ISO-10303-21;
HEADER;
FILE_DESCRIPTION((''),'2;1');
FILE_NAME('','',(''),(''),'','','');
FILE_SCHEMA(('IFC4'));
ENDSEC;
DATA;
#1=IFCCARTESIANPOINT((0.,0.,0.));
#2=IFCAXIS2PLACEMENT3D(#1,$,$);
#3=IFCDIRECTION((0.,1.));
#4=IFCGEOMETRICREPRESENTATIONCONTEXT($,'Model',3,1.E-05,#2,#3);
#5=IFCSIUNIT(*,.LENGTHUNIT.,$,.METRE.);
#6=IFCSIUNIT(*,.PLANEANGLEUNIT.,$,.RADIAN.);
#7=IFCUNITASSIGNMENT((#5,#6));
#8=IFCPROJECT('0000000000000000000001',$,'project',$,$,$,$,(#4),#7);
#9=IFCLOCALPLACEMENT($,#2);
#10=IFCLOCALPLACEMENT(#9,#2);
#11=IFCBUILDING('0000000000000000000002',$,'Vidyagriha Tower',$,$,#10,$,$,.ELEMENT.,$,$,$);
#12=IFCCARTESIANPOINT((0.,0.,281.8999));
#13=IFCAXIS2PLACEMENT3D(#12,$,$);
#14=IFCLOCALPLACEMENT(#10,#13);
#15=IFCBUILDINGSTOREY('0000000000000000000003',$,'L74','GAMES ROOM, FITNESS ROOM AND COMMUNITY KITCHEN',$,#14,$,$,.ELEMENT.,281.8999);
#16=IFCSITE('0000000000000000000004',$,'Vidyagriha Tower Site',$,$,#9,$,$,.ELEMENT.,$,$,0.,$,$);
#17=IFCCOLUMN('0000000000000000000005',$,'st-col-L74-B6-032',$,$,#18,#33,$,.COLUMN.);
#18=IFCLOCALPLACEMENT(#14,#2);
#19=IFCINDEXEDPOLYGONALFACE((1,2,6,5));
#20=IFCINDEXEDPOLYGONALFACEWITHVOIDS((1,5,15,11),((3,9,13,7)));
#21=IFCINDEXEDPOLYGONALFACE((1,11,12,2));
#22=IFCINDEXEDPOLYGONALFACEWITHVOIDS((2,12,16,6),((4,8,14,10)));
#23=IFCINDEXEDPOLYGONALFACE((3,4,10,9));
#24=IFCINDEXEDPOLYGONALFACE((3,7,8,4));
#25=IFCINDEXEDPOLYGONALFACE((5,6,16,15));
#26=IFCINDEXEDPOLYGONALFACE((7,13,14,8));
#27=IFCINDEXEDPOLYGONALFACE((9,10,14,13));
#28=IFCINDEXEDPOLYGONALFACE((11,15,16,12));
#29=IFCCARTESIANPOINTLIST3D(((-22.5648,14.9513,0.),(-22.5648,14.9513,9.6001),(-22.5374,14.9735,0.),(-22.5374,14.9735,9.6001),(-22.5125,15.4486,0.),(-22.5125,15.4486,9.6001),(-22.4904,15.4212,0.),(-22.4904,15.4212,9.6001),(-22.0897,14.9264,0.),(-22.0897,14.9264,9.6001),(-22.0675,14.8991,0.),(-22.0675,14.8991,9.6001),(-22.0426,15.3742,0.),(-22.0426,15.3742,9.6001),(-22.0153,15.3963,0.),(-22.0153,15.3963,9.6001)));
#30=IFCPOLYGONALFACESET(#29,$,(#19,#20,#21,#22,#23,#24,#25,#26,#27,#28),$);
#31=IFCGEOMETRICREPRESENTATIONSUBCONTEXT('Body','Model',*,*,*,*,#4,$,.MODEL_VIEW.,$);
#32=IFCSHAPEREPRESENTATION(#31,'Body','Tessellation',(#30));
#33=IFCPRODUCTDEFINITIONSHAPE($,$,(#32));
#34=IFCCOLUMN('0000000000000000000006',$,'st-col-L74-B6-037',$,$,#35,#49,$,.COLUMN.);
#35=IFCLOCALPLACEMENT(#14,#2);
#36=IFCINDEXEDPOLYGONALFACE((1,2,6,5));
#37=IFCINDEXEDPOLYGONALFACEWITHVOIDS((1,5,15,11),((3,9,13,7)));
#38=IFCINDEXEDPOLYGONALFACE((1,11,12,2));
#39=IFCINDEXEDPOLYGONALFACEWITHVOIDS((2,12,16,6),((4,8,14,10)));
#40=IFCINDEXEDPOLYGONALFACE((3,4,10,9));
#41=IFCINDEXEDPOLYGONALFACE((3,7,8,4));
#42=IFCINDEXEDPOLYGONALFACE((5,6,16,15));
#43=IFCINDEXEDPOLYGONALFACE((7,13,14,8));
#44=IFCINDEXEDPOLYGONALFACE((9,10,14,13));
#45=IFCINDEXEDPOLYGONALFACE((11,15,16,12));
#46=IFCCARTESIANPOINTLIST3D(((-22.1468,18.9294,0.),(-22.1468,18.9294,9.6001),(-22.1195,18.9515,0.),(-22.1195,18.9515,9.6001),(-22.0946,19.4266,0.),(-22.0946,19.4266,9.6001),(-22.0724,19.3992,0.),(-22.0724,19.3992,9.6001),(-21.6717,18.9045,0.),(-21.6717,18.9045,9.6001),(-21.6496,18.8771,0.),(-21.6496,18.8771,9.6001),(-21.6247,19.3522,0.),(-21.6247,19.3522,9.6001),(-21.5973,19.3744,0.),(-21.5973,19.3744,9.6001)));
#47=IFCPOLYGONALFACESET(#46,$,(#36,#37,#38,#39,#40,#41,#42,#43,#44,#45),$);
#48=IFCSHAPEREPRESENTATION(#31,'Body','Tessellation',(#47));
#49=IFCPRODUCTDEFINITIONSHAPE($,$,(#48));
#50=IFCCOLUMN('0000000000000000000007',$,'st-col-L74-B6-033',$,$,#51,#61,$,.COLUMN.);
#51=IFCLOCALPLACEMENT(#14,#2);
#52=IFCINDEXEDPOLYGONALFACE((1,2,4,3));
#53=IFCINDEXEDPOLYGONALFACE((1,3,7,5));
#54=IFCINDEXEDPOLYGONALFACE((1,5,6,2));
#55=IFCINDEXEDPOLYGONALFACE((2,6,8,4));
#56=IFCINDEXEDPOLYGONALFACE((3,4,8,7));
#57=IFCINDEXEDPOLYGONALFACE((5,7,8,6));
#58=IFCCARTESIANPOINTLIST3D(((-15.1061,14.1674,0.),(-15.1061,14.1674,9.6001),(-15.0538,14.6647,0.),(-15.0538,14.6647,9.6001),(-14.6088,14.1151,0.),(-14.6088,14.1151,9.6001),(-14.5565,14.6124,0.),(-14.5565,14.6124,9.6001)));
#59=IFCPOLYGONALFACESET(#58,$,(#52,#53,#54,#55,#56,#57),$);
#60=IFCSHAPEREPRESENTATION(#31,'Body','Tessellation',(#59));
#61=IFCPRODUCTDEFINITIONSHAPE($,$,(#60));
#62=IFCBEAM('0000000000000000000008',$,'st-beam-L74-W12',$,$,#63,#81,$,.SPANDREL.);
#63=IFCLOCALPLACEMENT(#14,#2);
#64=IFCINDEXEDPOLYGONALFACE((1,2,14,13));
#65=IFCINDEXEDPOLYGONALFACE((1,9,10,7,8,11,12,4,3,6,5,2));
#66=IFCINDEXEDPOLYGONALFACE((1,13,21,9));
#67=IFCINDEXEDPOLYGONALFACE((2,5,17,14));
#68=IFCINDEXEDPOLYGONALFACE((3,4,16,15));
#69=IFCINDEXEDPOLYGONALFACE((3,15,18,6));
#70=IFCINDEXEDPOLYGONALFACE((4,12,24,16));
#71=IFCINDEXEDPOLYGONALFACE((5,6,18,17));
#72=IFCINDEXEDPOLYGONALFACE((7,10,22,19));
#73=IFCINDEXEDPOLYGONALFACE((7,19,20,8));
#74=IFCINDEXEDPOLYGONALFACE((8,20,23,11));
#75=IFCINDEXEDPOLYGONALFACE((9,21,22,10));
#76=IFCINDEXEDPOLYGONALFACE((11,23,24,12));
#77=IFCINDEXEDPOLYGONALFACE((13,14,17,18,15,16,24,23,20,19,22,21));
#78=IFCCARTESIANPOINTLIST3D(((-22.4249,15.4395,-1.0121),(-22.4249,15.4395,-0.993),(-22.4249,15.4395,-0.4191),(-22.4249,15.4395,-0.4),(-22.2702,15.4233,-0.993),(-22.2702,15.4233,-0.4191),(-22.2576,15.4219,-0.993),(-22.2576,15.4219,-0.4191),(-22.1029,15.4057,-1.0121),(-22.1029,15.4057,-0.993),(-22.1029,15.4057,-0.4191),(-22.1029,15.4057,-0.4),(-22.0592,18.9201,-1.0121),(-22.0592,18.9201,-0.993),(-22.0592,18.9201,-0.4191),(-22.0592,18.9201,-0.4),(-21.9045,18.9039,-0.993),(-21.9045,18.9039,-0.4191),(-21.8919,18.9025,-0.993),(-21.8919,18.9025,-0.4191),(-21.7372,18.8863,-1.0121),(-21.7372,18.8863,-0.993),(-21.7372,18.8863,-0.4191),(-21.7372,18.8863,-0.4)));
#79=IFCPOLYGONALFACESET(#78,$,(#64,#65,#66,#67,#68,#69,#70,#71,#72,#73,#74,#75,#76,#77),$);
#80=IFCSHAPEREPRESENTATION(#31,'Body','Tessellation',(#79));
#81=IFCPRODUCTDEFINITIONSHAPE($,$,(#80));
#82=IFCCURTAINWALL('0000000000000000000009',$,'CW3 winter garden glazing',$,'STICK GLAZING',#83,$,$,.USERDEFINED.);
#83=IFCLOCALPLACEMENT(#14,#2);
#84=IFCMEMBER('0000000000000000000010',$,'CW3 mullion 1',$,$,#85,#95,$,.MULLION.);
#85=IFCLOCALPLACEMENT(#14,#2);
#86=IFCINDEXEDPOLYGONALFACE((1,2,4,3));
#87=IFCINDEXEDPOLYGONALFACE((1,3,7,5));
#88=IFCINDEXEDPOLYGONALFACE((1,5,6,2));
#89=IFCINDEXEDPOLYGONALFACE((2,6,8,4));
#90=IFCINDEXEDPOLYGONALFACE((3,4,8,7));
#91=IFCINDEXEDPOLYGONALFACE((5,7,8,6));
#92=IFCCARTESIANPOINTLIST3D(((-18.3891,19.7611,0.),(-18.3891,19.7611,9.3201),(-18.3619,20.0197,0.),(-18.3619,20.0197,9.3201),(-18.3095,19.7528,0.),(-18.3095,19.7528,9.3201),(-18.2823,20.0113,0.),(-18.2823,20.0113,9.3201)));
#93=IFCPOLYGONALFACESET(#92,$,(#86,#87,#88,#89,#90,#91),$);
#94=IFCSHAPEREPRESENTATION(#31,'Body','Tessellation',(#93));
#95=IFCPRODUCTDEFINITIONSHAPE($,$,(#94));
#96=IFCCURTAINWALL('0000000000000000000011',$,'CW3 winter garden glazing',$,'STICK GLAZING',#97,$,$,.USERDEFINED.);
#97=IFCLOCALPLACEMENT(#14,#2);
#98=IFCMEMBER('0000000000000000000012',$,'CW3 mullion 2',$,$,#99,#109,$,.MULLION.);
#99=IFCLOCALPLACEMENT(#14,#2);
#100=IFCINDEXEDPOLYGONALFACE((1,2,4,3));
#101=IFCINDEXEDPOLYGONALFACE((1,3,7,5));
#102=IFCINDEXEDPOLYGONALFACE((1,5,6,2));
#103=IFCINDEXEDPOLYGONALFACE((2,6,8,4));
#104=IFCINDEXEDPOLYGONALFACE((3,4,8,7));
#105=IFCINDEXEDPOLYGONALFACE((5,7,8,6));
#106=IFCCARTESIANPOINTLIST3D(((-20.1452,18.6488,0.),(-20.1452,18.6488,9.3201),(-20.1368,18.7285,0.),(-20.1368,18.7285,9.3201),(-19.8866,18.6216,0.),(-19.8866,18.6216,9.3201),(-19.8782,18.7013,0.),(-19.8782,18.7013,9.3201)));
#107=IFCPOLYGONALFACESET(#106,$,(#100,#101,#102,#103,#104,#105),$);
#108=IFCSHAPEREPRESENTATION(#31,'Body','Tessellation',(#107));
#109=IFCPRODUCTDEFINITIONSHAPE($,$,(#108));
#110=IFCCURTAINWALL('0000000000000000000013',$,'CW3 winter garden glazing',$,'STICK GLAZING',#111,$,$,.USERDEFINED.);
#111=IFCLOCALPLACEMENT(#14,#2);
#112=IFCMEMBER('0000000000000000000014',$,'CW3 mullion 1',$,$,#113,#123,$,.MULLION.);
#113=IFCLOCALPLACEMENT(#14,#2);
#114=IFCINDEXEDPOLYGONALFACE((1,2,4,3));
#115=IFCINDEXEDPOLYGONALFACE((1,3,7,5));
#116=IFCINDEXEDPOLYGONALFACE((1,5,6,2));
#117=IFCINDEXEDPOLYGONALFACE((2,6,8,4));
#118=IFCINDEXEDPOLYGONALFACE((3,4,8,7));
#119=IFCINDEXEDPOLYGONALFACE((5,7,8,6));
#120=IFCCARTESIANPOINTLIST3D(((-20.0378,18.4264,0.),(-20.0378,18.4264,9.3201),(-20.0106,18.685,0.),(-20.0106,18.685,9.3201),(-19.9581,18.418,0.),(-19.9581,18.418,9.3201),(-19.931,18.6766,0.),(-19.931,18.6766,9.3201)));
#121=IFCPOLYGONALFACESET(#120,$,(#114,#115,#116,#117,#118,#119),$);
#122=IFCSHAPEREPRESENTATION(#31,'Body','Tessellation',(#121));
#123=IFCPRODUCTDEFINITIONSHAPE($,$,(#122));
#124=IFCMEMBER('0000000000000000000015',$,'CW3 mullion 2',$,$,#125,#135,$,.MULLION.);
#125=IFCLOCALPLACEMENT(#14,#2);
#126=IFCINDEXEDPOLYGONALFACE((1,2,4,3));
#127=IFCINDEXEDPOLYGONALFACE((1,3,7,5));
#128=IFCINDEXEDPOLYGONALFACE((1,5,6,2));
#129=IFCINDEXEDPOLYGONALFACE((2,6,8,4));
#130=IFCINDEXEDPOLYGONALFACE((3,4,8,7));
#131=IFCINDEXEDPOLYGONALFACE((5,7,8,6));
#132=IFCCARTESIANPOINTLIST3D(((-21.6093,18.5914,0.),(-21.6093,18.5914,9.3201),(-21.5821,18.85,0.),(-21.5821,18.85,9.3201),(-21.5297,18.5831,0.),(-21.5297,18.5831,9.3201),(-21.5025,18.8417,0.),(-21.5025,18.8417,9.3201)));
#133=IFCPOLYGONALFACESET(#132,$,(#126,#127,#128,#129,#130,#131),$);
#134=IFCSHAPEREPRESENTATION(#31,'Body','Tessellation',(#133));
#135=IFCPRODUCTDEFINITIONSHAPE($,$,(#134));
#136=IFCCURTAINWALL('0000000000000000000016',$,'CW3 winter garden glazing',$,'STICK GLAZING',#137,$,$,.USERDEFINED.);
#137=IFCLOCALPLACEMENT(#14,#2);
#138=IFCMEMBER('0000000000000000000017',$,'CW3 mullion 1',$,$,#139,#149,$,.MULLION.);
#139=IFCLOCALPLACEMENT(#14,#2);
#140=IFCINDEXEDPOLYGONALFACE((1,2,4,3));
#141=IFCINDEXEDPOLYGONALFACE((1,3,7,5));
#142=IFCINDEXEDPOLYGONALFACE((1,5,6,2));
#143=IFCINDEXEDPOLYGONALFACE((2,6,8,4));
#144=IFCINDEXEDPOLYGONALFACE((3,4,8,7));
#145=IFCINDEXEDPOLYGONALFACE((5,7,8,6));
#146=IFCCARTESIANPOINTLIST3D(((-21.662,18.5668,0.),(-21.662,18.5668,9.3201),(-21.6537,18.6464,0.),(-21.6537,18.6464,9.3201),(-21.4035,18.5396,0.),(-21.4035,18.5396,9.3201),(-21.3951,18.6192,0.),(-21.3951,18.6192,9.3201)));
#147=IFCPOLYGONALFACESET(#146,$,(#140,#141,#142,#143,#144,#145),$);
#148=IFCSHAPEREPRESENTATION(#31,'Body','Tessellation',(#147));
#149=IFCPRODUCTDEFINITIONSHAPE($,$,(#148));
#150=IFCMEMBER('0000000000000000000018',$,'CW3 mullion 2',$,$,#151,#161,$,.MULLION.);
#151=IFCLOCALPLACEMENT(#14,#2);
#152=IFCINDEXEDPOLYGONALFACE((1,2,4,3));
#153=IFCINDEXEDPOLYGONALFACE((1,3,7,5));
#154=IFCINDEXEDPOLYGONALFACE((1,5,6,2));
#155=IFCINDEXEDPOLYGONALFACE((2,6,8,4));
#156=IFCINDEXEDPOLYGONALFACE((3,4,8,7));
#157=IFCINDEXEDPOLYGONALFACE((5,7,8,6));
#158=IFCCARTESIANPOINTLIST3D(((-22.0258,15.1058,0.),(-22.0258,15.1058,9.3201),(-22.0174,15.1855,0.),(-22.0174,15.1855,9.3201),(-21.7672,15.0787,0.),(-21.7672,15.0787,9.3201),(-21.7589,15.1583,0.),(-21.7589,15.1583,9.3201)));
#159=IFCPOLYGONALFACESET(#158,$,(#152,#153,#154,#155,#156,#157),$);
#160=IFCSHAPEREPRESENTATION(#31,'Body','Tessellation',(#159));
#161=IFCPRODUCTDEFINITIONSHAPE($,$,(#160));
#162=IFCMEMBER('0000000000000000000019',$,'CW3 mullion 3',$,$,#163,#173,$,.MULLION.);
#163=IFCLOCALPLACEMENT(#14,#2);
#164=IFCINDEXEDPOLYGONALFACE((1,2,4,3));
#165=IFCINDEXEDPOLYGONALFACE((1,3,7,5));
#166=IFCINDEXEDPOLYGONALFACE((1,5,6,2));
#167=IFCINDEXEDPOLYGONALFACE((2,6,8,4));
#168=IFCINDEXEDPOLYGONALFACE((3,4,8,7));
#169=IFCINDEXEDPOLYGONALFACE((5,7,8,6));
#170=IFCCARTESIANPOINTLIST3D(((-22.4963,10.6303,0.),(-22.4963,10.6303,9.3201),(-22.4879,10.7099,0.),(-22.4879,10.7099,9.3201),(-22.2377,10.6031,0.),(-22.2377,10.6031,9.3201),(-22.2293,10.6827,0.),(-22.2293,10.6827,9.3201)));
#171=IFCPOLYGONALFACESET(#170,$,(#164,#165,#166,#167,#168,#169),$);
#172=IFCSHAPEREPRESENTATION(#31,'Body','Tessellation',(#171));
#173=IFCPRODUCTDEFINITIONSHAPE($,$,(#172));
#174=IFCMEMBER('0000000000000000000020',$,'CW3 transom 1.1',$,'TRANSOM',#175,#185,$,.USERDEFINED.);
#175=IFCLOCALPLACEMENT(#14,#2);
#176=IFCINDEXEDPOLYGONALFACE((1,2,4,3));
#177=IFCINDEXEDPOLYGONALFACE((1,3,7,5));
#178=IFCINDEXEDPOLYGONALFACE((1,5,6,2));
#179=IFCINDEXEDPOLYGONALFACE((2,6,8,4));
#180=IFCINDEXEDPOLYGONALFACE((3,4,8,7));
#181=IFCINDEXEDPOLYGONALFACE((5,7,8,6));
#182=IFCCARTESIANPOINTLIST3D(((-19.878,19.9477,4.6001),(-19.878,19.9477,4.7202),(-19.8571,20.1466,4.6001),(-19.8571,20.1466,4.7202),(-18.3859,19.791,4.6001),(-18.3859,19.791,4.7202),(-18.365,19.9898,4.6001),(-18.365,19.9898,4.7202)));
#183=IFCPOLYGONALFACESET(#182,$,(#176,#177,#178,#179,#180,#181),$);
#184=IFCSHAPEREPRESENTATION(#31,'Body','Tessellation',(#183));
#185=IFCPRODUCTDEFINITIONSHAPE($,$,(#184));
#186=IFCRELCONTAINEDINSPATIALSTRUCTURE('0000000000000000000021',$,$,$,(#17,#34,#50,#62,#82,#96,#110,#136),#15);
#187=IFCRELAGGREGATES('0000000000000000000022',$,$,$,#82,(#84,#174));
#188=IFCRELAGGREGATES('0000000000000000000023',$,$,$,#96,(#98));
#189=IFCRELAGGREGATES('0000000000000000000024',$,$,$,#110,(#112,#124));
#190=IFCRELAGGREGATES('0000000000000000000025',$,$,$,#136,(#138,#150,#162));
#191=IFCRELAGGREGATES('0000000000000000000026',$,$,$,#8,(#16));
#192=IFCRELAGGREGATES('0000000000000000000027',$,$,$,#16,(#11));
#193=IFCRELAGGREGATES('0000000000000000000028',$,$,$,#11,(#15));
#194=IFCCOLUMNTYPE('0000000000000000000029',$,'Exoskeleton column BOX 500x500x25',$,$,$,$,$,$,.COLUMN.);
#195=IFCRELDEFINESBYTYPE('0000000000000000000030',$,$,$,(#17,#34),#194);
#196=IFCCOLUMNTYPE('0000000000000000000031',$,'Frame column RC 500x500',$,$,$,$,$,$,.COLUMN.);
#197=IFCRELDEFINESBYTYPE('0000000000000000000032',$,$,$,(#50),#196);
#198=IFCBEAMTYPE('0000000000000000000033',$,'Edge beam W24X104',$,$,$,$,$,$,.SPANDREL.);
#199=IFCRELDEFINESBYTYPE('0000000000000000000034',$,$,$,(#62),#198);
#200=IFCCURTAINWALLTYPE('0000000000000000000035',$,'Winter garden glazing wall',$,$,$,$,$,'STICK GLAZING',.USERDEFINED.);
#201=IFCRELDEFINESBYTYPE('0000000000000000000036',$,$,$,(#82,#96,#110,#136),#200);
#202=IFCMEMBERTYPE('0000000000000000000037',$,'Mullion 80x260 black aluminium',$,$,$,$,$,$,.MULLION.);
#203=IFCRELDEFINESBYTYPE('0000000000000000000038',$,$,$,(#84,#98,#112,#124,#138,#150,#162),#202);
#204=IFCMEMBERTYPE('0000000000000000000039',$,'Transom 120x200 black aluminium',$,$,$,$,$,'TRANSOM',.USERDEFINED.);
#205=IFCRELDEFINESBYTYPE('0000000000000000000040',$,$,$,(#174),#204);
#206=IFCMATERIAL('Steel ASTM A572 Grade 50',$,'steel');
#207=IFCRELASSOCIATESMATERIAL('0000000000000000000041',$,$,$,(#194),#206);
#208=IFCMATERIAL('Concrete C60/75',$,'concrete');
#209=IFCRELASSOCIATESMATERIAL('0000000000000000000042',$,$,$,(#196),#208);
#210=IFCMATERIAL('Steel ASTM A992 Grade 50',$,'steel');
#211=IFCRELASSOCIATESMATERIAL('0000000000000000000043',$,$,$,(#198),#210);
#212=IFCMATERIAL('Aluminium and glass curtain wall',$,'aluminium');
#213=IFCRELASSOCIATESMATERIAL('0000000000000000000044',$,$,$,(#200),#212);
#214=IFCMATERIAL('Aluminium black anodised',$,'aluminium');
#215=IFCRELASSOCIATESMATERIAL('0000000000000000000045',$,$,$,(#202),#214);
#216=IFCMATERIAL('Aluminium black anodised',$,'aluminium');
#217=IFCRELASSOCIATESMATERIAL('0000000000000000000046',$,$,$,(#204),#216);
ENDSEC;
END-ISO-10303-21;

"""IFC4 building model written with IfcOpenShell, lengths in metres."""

from ifc_helpers import new_model, si_unit, direction, frame, origin, origin_2d, place, context, subcontext, project, spatial, rectangle, hollow_rectangle, i_section, extrude, material, material_profile, profile_set, type_object, element, aggregate, save


model = new_model("IFC4")

# Units and contexts
model_context = context("Model", 3, precision=1e-05, world=origin(), true_north=direction((0.0, 1.0)))
body_context = subcontext(model_context, "Body", "Model", "MODEL_VIEW")
ifc_project = project(units=[si_unit("LENGTHUNIT", "METRE"), si_unit("PLANEANGLEUNIT", "RADIAN")], contexts=[model_context])

# Site, building, storey
site_placement = place(None, origin())
site = spatial("IfcSite", under=ifc_project, at=site_placement, Name="Vidyagriha Tower Site", CompositionType="ELEMENT", RefElevation=0.0)
building_placement = place(site_placement, origin())
building = spatial("IfcBuilding", under=site, at=building_placement, Name="Vidyagriha Tower", CompositionType="ELEMENT")
storey_placement = place(building_placement, frame((0.0, 0.0, 281.8999)))
storey = spatial("IfcBuildingStorey", under=building, at=storey_placement, Name="L74", Description="GAMES ROOM, FITNESS ROOM AND COMMUNITY KITCHEN", CompositionType="ELEMENT", Elevation=281.8999)

# Columns
ifc_material_1 = material(Name="Steel ASTM A572 Grade 50", Category="steel")
ifc_material_profile_1 = material_profile(ifc_material_1, hollow_rectangle(XDim=0.5, YDim=0.5, WallThickness=0.0249, at=origin_2d()), Name="BOX 500x500x25")
ifc_profile_set_1 = profile_set([ifc_material_profile_1], Name="Steel ASTM A572 Grade 50")
column_type_1 = type_object("IfcColumnType", Name="Exoskeleton column BOX 500x500x25", PredefinedType="COLUMN", material=ifc_profile_set_1)
for number, where, z_axis, x_axis, name in (
    (1, (-22.29, 15.1738, 0.0), (0.0, 0.0, 1.0), (0.994522, -0.104528, 0.0), "st-col-L74-B6-032"),
    (2, (-21.8721, 19.1519, 0.0), (0.0, 0.0, 1.0), (0.994522, -0.104528, 0.0), "st-col-L74-B6-037"),
):
    element("IfcColumn", number, at=place(storey_placement, frame(where, z_axis=z_axis, x_axis=x_axis)), inside=storey, type_object=column_type_1, Name=name, PredefinedType="COLUMN", context=body_context, shape_type="SweptSolid", body=[
        extrude(hollow_rectangle(XDim=0.5, YDim=0.5, WallThickness=0.0249, at=origin_2d()), origin(), (0.0, 0.0, 1.0), 9.6001),
    ])
ifc_material_2 = material(Name="Concrete C60/75", Category="concrete")
ifc_material_profile_2 = material_profile(ifc_material_2, rectangle(XDim=0.5, YDim=0.5, at=origin_2d()), Name="RC 500x500")
ifc_profile_set_2 = profile_set([ifc_material_profile_2], Name="Concrete C60/75")
column_type_2 = type_object("IfcColumnType", Name="Frame column RC 500x500", PredefinedType="COLUMN", material=ifc_profile_set_2)
column_placement = place(storey_placement, frame((-14.8313, 14.3899, 0.0), z_axis=(0.0, 0.0, 1.0), x_axis=(0.994522, -0.104528, 0.0)))
element("IfcColumn", 3, at=column_placement, inside=storey, type_object=column_type_2, Name="st-col-L74-B6-033", PredefinedType="COLUMN", context=body_context, shape_type="SweptSolid", body=[
    extrude(rectangle(XDim=0.5, YDim=0.5, at=origin_2d()), origin(), (0.0, 0.0, 1.0), 9.6001),
])

# Beam
ifc_material_3 = material(Name="Steel ASTM A992 Grade 50", Category="steel")
ifc_material_profile_3 = material_profile(ifc_material_3, i_section(OverallWidth=0.3237, OverallDepth=0.6121, WebThickness=0.0127, FlangeThickness=0.019, at=origin_2d()), Name="W24X104")
ifc_profile_set_3 = profile_set([ifc_material_profile_3], Name="Steel ASTM A992 Grade 50")
beam_type = type_object("IfcBeamType", Name="Edge beam W24X104", PredefinedType="SPANDREL", material=ifc_profile_set_3)
beam_placement = place(storey_placement, frame((-22.2639, 15.4226, -0.7061), z_axis=(0.104496, 0.994525, 0.0), x_axis=(-0.994525, 0.104496, 0.0)))
element("IfcBeam", 4, at=beam_placement, inside=storey, type_object=beam_type, Name="st-beam-L74-W12", PredefinedType="SPANDREL", context=body_context, shape_type="SweptSolid", body=[
    extrude(i_section(OverallWidth=0.3237, OverallDepth=0.6121, WebThickness=0.0127, FlangeThickness=0.019, at=origin_2d()), origin(), (0.0, 0.0, 1.0), 3.4998),
])

# Curtain walls, members
ifc_material_4 = material(Name="Aluminium and glass curtain wall", Category="aluminium")
curtain_wall_type = type_object("IfcCurtainWallType", Name="Winter garden glazing wall", ElementType="STICK GLAZING", PredefinedType="USERDEFINED", material=ifc_material_4)
curtain_wall_1_placement = place(storey_placement, origin())
curtain_wall_1 = element("IfcCurtainWall", 5, at=curtain_wall_1_placement, inside=storey, type_object=curtain_wall_type, Name="CW3 winter garden glazing", ObjectType="STICK GLAZING", PredefinedType="USERDEFINED")
ifc_material_5 = material(Name="Aluminium black anodised", Category="aluminium")
ifc_material_profile_4 = material_profile(ifc_material_5, rectangle(XDim=0.26, YDim=0.0801, at=origin_2d()), Name="Mullion 80x260 black aluminium")
ifc_profile_set_4 = profile_set([ifc_material_profile_4], Name="Aluminium black anodised")
member_type_1 = type_object("IfcMemberType", Name="Mullion 80x260 black aluminium", PredefinedType="MULLION", material=ifc_profile_set_4)
member_1_placement = place(storey_placement, frame((-18.3357, 19.8862, 0.0), z_axis=(0.0, 0.0, 1.0), x_axis=(-0.104512, -0.994524, 0.0)))
member_1 = element("IfcMember", 6, at=member_1_placement, type_object=member_type_1, Name="CW3 mullion 1", PredefinedType="MULLION", context=body_context, shape_type="SweptSolid", body=[
    extrude(rectangle(XDim=0.26, YDim=0.0801, at=origin_2d()), origin(), (0.0, 0.0, 1.0), 9.3201),
])
curtain_wall_2_placement = place(storey_placement, origin())
curtain_wall_2 = element("IfcCurtainWall", 7, at=curtain_wall_2_placement, inside=storey, type_object=curtain_wall_type, Name="CW3 winter garden glazing", ObjectType="STICK GLAZING", PredefinedType="USERDEFINED")
member_2_placement = place(storey_placement, frame((-20.0117, 18.675, 0.0), z_axis=(0.0, 0.0, 1.0), x_axis=(0.994518, -0.104564, 0.0)))
member_2 = element("IfcMember", 8, at=member_2_placement, type_object=member_type_1, Name="CW3 mullion 2", PredefinedType="MULLION", context=body_context, shape_type="SweptSolid", body=[
    extrude(rectangle(XDim=0.26, YDim=0.0801, at=origin_2d()), origin(), (0.0, 0.0, 1.0), 9.3201),
])

# Curtain walls, members
curtain_wall_3_placement = place(storey_placement, origin())
curtain_wall_3 = element("IfcCurtainWall", 9, at=curtain_wall_3_placement, inside=storey, type_object=curtain_wall_type, Name="CW3 winter garden glazing", ObjectType="STICK GLAZING", PredefinedType="USERDEFINED")
member_3_placement = place(storey_placement, frame((-19.9844, 18.5515, 0.0), z_axis=(0.0, 0.0, 1.0), x_axis=(-0.104453, -0.99453, 0.0)))
member_3 = element("IfcMember", 10, at=member_3_placement, type_object=member_type_1, Name="CW3 mullion 1", PredefinedType="MULLION", context=body_context, shape_type="SweptSolid", body=[
    extrude(rectangle(XDim=0.26, YDim=0.0801, at=origin_2d()), origin(), (0.0, 0.0, 1.0), 9.3201),
])
member_4_placement = place(storey_placement, frame((-21.5559, 18.7166, 0.0), z_axis=(0.0, 0.0, 1.0), x_axis=(-0.104453, -0.99453, 0.0)))
member_4 = element("IfcMember", 11, at=member_4_placement, type_object=member_type_1, Name="CW3 mullion 2", PredefinedType="MULLION", context=body_context, shape_type="SweptSolid", body=[
    extrude(rectangle(XDim=0.26, YDim=0.0801, at=origin_2d()), origin(), (0.0, 0.0, 1.0), 9.3201),
])
curtain_wall_4_placement = place(storey_placement, origin())
curtain_wall_4 = element("IfcCurtainWall", 12, at=curtain_wall_4_placement, inside=storey, type_object=curtain_wall_type, Name="CW3 winter garden glazing", ObjectType="STICK GLAZING", PredefinedType="USERDEFINED")
member_5_placement = place(storey_placement, frame((-21.5286, 18.593, 0.0), z_axis=(0.0, 0.0, 1.0), x_axis=(0.994522, -0.104527, 0.0)))
member_5 = element("IfcMember", 13, at=member_5_placement, type_object=member_type_1, Name="CW3 mullion 1", PredefinedType="MULLION", context=body_context, shape_type="SweptSolid", body=[
    extrude(rectangle(XDim=0.26, YDim=0.0801, at=origin_2d()), origin(), (0.0, 0.0, 1.0), 9.3201),
])
member_6_placement = place(storey_placement, frame((-21.8923, 15.1321, 0.0), z_axis=(0.0, 0.0, 1.0), x_axis=(0.994522, -0.104527, 0.0)))
member_6 = element("IfcMember", 14, at=member_6_placement, type_object=member_type_1, Name="CW3 mullion 2", PredefinedType="MULLION", context=body_context, shape_type="SweptSolid", body=[
    extrude(rectangle(XDim=0.26, YDim=0.0801, at=origin_2d()), origin(), (0.0, 0.0, 1.0), 9.3201),
])
member_7_placement = place(storey_placement, frame((-22.3628, 10.6565, 0.0), z_axis=(0.0, 0.0, 1.0), x_axis=(0.994522, -0.104527, 0.0)))
member_7 = element("IfcMember", 15, at=member_7_placement, type_object=member_type_1, Name="CW3 mullion 3", PredefinedType="MULLION", context=body_context, shape_type="SweptSolid", body=[
    extrude(rectangle(XDim=0.26, YDim=0.0801, at=origin_2d()), origin(), (0.0, 0.0, 1.0), 9.3201),
])

# Member
ifc_material_6 = material(Name="Aluminium black anodised", Category="aluminium")
ifc_material_profile_5 = material_profile(ifc_material_6, rectangle(XDim=0.2, YDim=0.1201, at=origin_2d()), Name="Transom 120x200 black aluminium")
ifc_profile_set_5 = profile_set([ifc_material_profile_5], Name="Aluminium black anodised")
member_type_2 = type_object("IfcMemberType", Name="Transom 120x200 black aluminium", ElementType="TRANSOM", PredefinedType="USERDEFINED", material=ifc_profile_set_5)
member_8_placement = place(storey_placement, frame((-18.3755, 19.8904, 4.6602), z_axis=(-0.994527, 0.104481, 0.0), x_axis=(-0.104481, -0.994527, 0.0)))
member_8 = element("IfcMember", 16, at=member_8_placement, type_object=member_type_2, Name="CW3 transom 1.1", ObjectType="TRANSOM", PredefinedType="USERDEFINED", context=body_context, shape_type="SweptSolid", body=[
    extrude(rectangle(XDim=0.2, YDim=0.1201, at=origin_2d()), origin(), (0.0, 0.0, 1.0), 1.5002),
])
aggregate(curtain_wall_1, [member_1, member_8])

aggregate(curtain_wall_2, [member_2])
aggregate(curtain_wall_3, [member_3, member_4])
aggregate(curtain_wall_4, [member_5, member_6, member_7])

save(model, "model.ifc")
